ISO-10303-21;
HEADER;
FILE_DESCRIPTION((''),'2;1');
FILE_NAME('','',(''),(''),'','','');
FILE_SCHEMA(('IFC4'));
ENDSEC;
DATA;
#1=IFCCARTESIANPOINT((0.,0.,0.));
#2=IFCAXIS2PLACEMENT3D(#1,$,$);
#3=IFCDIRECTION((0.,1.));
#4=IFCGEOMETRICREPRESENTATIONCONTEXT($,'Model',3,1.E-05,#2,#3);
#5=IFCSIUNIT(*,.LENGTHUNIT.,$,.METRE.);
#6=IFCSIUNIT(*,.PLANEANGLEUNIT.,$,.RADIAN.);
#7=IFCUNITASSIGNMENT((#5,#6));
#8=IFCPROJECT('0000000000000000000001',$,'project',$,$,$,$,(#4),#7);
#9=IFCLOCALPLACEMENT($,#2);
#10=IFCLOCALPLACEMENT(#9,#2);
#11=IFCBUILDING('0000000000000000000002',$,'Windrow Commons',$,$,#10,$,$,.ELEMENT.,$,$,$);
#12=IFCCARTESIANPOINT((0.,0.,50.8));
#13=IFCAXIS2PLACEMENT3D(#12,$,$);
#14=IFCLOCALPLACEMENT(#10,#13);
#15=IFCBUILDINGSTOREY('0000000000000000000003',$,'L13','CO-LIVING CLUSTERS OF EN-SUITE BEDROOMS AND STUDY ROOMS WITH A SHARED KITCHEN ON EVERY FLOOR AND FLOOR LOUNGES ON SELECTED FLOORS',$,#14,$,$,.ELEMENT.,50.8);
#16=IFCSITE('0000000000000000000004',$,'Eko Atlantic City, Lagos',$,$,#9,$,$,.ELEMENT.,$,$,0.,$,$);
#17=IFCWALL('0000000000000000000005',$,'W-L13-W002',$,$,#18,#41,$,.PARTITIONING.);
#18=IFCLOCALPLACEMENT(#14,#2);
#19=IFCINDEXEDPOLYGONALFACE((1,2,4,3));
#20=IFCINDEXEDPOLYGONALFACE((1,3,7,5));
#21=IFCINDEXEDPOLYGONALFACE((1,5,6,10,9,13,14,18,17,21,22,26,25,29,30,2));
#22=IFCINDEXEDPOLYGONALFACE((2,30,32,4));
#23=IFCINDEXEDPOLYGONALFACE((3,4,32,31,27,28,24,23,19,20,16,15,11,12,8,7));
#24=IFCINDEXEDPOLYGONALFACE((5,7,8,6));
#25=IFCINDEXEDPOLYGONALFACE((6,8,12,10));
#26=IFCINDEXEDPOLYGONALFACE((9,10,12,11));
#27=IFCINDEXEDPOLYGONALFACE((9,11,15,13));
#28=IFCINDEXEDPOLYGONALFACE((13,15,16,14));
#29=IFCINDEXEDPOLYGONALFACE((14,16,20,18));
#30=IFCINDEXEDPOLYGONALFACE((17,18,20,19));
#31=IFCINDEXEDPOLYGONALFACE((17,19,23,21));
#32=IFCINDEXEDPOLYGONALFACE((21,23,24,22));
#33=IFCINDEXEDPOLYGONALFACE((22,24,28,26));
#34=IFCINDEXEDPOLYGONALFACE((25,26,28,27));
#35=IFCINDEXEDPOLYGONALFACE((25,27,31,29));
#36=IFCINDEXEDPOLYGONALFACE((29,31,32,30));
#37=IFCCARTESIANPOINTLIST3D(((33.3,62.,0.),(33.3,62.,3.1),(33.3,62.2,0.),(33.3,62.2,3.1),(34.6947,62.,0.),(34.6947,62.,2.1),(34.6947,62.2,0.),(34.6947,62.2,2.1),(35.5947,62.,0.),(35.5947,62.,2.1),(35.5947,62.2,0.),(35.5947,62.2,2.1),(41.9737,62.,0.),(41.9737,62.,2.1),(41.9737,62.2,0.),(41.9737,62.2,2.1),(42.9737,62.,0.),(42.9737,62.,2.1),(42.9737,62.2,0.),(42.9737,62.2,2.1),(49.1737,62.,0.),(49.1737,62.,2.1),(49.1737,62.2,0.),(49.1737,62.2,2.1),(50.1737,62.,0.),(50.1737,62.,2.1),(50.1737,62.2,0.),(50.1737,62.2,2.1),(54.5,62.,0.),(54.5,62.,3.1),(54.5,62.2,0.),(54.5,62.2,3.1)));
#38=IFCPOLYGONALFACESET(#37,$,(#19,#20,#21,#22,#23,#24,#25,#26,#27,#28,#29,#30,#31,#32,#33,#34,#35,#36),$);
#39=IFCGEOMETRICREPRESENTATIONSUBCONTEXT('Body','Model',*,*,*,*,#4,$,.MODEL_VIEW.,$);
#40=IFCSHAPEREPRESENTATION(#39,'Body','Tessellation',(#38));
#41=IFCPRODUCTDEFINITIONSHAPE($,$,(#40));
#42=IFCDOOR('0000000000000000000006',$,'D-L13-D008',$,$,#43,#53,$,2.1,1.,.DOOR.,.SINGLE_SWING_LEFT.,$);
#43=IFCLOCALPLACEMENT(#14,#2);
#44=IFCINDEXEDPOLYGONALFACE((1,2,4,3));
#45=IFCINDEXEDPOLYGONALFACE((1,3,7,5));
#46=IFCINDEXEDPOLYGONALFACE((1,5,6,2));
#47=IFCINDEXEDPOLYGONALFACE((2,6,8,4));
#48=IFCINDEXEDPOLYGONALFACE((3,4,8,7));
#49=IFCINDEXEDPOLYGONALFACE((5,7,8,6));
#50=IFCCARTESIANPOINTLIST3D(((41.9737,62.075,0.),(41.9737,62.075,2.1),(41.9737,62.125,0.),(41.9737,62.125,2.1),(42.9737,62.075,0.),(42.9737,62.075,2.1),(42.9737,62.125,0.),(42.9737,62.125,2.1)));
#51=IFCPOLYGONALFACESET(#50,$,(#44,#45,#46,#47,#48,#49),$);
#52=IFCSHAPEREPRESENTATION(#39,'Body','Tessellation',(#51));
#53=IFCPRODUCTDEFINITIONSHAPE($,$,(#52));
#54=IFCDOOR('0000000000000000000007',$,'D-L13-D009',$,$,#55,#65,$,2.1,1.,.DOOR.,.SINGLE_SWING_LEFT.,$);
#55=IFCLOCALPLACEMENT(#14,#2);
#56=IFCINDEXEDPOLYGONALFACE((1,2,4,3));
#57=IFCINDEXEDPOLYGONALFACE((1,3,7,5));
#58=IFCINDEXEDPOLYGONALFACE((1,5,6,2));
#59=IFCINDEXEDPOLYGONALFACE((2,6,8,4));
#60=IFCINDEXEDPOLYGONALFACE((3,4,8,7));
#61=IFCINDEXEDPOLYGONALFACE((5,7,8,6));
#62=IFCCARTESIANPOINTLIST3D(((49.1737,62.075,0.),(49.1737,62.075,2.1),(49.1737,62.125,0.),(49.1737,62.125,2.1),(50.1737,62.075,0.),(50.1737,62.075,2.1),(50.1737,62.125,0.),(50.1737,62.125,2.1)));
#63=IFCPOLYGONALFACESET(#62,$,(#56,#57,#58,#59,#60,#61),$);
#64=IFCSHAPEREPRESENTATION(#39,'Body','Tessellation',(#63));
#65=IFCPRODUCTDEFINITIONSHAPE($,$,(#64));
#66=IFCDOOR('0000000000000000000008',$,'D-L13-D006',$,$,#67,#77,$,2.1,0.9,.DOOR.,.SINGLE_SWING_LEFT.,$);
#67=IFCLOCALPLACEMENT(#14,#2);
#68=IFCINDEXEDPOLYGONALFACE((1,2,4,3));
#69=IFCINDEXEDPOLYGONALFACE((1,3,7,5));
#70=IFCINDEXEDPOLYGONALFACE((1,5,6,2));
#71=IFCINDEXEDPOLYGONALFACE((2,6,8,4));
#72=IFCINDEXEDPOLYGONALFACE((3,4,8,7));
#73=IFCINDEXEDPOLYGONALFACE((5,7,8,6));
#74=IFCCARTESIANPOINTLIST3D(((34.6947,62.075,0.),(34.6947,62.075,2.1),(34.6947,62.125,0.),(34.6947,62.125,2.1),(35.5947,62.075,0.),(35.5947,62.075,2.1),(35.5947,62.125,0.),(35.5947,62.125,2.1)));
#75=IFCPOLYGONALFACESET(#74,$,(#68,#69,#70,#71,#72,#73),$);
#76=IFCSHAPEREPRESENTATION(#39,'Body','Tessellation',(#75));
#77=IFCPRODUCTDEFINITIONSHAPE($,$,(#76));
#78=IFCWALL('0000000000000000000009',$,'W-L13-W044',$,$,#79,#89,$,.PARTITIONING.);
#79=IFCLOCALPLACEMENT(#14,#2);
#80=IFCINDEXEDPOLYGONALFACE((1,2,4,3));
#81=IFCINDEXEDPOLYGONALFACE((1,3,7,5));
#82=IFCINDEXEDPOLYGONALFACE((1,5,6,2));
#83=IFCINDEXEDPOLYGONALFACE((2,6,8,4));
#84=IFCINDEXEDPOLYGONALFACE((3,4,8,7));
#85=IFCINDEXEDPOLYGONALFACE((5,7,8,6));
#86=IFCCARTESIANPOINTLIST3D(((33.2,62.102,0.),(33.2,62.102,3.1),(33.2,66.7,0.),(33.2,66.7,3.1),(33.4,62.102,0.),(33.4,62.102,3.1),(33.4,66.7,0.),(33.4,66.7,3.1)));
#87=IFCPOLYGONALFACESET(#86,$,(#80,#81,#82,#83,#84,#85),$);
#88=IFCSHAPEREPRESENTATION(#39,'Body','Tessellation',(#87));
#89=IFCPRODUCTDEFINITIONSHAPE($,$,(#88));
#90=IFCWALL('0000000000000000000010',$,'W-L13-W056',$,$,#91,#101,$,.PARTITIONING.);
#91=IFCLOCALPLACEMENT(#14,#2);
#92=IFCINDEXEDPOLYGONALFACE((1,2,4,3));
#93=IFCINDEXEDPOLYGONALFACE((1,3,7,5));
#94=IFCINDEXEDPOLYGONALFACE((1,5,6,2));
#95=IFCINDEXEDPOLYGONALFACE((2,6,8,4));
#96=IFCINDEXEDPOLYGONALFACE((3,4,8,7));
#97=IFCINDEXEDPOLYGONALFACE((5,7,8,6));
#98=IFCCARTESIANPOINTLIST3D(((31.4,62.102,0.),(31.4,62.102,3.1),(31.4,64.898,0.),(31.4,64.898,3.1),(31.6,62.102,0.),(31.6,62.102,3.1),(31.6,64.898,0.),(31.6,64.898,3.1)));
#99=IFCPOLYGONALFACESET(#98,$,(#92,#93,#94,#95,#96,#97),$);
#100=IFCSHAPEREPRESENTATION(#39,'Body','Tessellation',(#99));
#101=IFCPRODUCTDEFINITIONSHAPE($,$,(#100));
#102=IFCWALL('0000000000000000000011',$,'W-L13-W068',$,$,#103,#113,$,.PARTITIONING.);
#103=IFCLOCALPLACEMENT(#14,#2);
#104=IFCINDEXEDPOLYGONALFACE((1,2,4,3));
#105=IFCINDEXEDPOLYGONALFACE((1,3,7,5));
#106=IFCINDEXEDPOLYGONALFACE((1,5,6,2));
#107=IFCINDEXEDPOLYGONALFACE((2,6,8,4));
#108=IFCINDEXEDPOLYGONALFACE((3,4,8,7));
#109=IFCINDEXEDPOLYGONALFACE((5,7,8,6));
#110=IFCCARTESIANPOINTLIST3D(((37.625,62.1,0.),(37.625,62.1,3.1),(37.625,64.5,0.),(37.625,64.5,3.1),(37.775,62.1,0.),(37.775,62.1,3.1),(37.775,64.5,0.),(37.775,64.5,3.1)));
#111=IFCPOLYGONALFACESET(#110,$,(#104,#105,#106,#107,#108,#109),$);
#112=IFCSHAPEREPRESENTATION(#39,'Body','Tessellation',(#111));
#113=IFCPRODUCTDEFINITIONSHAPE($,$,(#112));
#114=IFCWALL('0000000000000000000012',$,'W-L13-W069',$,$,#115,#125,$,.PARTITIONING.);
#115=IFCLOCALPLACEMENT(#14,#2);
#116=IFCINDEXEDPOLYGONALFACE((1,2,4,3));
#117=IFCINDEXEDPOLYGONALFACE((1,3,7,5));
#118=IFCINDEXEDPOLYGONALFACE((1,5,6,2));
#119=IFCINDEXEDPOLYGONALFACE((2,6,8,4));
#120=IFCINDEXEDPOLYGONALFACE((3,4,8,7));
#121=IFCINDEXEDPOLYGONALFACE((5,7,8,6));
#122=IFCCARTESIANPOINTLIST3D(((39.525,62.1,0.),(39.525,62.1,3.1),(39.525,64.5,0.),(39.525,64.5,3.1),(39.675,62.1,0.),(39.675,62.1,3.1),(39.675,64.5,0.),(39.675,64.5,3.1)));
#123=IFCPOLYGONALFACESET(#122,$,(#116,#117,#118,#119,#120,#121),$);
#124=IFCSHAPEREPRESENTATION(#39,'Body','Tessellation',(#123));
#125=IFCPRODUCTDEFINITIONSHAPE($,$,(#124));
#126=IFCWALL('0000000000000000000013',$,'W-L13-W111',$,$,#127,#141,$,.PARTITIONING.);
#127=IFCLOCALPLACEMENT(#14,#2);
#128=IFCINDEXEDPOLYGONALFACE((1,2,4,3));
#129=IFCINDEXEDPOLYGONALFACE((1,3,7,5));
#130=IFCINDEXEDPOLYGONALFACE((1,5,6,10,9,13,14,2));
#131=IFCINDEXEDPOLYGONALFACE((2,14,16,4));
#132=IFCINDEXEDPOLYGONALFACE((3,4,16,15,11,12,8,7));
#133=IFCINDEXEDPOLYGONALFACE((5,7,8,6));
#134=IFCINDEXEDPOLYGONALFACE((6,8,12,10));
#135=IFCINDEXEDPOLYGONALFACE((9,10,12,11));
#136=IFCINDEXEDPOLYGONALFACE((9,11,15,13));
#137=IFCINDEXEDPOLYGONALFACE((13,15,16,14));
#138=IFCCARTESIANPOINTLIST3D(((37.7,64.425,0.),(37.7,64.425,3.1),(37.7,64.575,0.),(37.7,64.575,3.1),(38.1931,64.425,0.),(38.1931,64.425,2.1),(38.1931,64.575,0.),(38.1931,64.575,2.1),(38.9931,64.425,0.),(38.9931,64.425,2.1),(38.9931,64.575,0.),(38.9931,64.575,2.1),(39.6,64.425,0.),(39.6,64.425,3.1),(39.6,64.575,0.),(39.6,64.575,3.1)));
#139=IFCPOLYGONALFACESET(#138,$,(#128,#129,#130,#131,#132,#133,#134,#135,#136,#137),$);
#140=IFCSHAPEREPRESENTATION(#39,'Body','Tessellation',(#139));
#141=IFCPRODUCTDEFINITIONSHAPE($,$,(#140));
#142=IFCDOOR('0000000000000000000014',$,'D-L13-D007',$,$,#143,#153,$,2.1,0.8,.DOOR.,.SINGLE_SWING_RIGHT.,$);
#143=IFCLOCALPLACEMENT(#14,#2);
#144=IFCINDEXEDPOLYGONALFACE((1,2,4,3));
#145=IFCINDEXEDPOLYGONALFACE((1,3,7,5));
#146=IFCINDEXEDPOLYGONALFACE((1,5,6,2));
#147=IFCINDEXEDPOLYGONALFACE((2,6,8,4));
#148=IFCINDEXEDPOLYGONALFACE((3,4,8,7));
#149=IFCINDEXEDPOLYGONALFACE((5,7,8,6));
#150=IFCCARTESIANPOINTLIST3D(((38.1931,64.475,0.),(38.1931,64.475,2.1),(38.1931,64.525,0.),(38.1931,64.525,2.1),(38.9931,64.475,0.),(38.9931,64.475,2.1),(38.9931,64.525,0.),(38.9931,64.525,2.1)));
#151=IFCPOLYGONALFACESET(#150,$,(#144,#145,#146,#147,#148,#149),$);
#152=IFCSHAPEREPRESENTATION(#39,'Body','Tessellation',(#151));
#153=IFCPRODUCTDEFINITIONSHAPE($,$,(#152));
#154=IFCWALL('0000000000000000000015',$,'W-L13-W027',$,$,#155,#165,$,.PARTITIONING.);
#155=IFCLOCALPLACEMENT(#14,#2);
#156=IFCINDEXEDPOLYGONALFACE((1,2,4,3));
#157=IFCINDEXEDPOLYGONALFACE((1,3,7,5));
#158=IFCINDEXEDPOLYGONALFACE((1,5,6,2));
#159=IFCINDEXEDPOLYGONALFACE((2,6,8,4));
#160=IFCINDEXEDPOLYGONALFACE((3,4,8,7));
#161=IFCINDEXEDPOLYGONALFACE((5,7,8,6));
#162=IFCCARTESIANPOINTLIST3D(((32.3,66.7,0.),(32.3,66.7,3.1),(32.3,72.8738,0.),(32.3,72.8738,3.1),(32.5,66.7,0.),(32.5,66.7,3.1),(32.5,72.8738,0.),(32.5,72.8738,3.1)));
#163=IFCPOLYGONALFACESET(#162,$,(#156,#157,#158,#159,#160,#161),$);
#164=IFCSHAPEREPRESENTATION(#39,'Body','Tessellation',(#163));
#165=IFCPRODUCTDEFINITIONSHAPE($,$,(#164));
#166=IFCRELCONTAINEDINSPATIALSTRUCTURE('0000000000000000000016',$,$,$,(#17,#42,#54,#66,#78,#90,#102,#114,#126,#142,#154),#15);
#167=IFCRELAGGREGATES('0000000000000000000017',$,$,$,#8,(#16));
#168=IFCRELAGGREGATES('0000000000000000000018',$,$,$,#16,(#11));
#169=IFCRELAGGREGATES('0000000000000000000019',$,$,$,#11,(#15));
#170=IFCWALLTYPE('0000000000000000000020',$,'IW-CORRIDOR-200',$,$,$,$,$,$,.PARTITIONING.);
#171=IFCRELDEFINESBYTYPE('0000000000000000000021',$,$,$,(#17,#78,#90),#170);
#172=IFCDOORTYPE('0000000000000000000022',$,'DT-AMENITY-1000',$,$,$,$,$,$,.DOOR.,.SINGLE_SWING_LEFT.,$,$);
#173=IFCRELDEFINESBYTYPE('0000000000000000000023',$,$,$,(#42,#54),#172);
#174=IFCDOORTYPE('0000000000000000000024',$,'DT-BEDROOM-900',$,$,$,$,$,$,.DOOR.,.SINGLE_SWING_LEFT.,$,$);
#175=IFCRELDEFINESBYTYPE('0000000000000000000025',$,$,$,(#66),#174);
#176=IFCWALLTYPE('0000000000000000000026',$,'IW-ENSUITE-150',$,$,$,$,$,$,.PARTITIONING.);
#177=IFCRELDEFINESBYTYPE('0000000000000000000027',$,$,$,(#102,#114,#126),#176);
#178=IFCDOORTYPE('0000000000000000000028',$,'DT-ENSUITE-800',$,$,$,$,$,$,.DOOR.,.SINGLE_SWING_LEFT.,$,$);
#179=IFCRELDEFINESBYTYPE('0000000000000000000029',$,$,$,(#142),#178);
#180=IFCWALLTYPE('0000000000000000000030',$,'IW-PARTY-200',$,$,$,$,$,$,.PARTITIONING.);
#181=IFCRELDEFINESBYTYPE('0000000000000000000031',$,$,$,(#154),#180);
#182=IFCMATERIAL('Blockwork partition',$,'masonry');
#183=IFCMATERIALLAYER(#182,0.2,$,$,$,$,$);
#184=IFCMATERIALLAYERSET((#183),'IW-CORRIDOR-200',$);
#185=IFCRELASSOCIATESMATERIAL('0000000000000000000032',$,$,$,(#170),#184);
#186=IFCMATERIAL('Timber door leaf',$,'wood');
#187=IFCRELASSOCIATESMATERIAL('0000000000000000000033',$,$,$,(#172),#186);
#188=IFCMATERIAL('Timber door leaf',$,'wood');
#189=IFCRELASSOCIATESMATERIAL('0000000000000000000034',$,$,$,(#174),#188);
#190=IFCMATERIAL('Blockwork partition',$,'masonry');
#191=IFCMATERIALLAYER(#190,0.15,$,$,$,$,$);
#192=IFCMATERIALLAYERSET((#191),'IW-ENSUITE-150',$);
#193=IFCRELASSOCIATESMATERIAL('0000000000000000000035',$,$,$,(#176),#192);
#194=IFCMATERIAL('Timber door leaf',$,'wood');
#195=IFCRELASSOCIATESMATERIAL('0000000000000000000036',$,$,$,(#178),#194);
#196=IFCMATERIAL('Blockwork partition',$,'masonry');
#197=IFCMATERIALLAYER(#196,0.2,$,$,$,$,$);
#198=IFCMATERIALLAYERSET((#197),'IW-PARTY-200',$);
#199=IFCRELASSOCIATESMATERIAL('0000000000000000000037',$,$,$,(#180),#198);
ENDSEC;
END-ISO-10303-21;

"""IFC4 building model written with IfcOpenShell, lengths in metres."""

from ifc_helpers import new_model, si_unit, direction, frame, frame_2d, origin, place, context, subcontext, project, spatial, rectangle, extrude, material, layer, layer_set, type_object, element, fill, save


model = new_model("IFC4")

# Units and contexts
model_context = context("Model", 3, precision=1e-05, world=origin(), true_north=direction((0.0, 1.0)))
body_context = subcontext(model_context, "Body", "Model", "MODEL_VIEW")
ifc_project = project(units=[si_unit("LENGTHUNIT", "METRE"), si_unit("PLANEANGLEUNIT", "RADIAN")], contexts=[model_context])

# Site, building, storey
site_placement = place(None, origin())
site = spatial("IfcSite", under=ifc_project, at=site_placement, Name="Eko Atlantic City, Lagos", CompositionType="ELEMENT", RefElevation=0.0)
building_placement = place(site_placement, origin())
building = spatial("IfcBuilding", under=site, at=building_placement, Name="Windrow Commons", CompositionType="ELEMENT")
storey_placement = place(building_placement, frame((0.0, 0.0, 50.8)))
storey = spatial("IfcBuildingStorey", under=building, at=storey_placement, Name="L13", Description="CO-LIVING CLUSTERS OF EN-SUITE BEDROOMS AND STUDY ROOMS WITH A SHARED KITCHEN ON EVERY FLOOR AND FLOOR LOUNGES ON SELECTED FLOORS", CompositionType="ELEMENT", Elevation=50.8)

# Wall, openings, doors
ifc_material_1 = material(Name="Blockwork partition", Category="masonry")
ifc_layer_1 = layer(ifc_material_1, 0.2)
ifc_layer_set_1 = layer_set([ifc_layer_1], Name="IW-CORRIDOR-200")
wall_type_1 = type_object("IfcWallType", Name="IW-CORRIDOR-200", PredefinedType="PARTITIONING", material=ifc_layer_set_1)
wall_1_placement = place(storey_placement, frame((33.3, 62.1, 0.0), z_axis=(0.0, 0.0, 1.0), x_axis=(1.0, 0.0, 0.0)))
wall_1 = element("IfcWall", 1, at=wall_1_placement, inside=storey, type_object=wall_type_1, Name="W-L13-W002", PredefinedType="PARTITIONING", context=body_context, shape_type="SweptSolid", body=[
    extrude(rectangle(XDim=21.2, YDim=0.2, at=frame_2d((10.6, 0.0))), origin(), (0.0, 0.0, 1.0), 3.1),
])
opening_1_placement = place(wall_1_placement, frame((1.3947, 0.0, 0.0)))
opening_1 = element("IfcOpeningElement", 2, at=opening_1_placement, cuts=wall_1, PredefinedType="OPENING", context=body_context, shape_type="SweptSolid", body=[
    extrude(rectangle(XDim=0.9, YDim=2.1, at=frame_2d((0.45, 1.05))), frame((0.0, 0.11, 0.0), z_axis=(0.0, -1.0, 0.0), x_axis=(1.0, 0.0, 0.0)), (0.0, 0.0, 1.0), 0.22),
])
opening_2_placement = place(wall_1_placement, frame((8.6737, 0.0, 0.0)))
opening_2 = element("IfcOpeningElement", 3, at=opening_2_placement, cuts=wall_1, PredefinedType="OPENING", context=body_context, shape_type="SweptSolid", body=[
    extrude(rectangle(XDim=1.0, YDim=2.1, at=frame_2d((0.5, 1.05))), frame((0.0, 0.11, 0.0), z_axis=(0.0, -1.0, 0.0), x_axis=(1.0, 0.0, 0.0)), (0.0, 0.0, 1.0), 0.22),
])
opening_3_placement = place(wall_1_placement, frame((15.8737, 0.0, 0.0)))
opening_3 = element("IfcOpeningElement", 4, at=opening_3_placement, cuts=wall_1, PredefinedType="OPENING", context=body_context, shape_type="SweptSolid", body=[
    extrude(rectangle(XDim=1.0, YDim=2.1, at=frame_2d((0.5, 1.05))), frame((0.0, 0.11, 0.0), z_axis=(0.0, -1.0, 0.0), x_axis=(1.0, 0.0, 0.0)), (0.0, 0.0, 1.0), 0.22),
])
ifc_material_2 = material(Name="Timber door leaf", Category="wood")
door_type_1 = type_object("IfcDoorType", Name="DT-AMENITY-1000", OperationType="SINGLE_SWING_LEFT", PredefinedType="DOOR", material=ifc_material_2)
door_1_placement = place(opening_2_placement, origin())
door_1 = element("IfcDoor", 5, at=door_1_placement, inside=storey, type_object=door_type_1, Name="D-L13-D008", OperationType="SINGLE_SWING_LEFT", OverallHeight=2.1, OverallWidth=1.0, PredefinedType="DOOR", context=body_context, shape_type="SweptSolid", body=[
    extrude(rectangle(XDim=1.0, YDim=2.1, at=frame_2d((0.5, 1.05))), frame((0.0, 0.025, 0.0), z_axis=(0.0, -1.0, 0.0), x_axis=(1.0, 0.0, 0.0)), (0.0, 0.0, 1.0), 0.05),
])
fill(opening_2, door_1)
door_2_placement = place(opening_3_placement, origin())
door_2 = element("IfcDoor", 6, at=door_2_placement, inside=storey, type_object=door_type_1, Name="D-L13-D009", OperationType="SINGLE_SWING_LEFT", OverallHeight=2.1, OverallWidth=1.0, PredefinedType="DOOR", context=body_context, shape_type="SweptSolid", body=[
    extrude(rectangle(XDim=1.0, YDim=2.1, at=frame_2d((0.5, 1.05))), frame((0.0, 0.025, 0.0), z_axis=(0.0, -1.0, 0.0), x_axis=(1.0, 0.0, 0.0)), (0.0, 0.0, 1.0), 0.05),
])
fill(opening_3, door_2)
ifc_material_3 = material(Name="Timber door leaf", Category="wood")
door_type_2 = type_object("IfcDoorType", Name="DT-BEDROOM-900", OperationType="SINGLE_SWING_LEFT", PredefinedType="DOOR", material=ifc_material_3)
door_3_placement = place(opening_1_placement, origin())
door_3 = element("IfcDoor", 7, at=door_3_placement, inside=storey, type_object=door_type_2, Name="D-L13-D006", OperationType="SINGLE_SWING_LEFT", OverallHeight=2.1, OverallWidth=0.9, PredefinedType="DOOR", context=body_context, shape_type="SweptSolid", body=[
    extrude(rectangle(XDim=0.9, YDim=2.1, at=frame_2d((0.45, 1.05))), frame((0.0, 0.025, 0.0), z_axis=(0.0, -1.0, 0.0), x_axis=(1.0, 0.0, 0.0)), (0.0, 0.0, 1.0), 0.05),
])
fill(opening_1, door_3)

# Walls
wall_2_placement = place(storey_placement, frame((33.3, 62.102, 0.0), z_axis=(0.0, 0.0, 1.0), x_axis=(0.0, 1.0, 0.0)))
element("IfcWall", 8, at=wall_2_placement, inside=storey, type_object=wall_type_1, Name="W-L13-W044", PredefinedType="PARTITIONING", context=body_context, shape_type="SweptSolid", body=[
    extrude(rectangle(XDim=4.598, YDim=0.2, at=frame_2d((2.299, 0.0))), origin(), (0.0, 0.0, 1.0), 3.1),
])
wall_3_placement = place(storey_placement, frame((31.5, 62.102, 0.0), z_axis=(0.0, 0.0, 1.0), x_axis=(0.0, 1.0, 0.0)))
element("IfcWall", 9, at=wall_3_placement, inside=storey, type_object=wall_type_1, Name="W-L13-W056", PredefinedType="PARTITIONING", context=body_context, shape_type="SweptSolid", body=[
    extrude(rectangle(XDim=2.796, YDim=0.2, at=frame_2d((1.398, 0.0))), origin(), (0.0, 0.0, 1.0), 3.1),
])
ifc_material_4 = material(Name="Blockwork partition", Category="masonry")
ifc_layer_2 = layer(ifc_material_4, 0.15)
ifc_layer_set_2 = layer_set([ifc_layer_2], Name="IW-ENSUITE-150")
wall_type_2 = type_object("IfcWallType", Name="IW-ENSUITE-150", PredefinedType="PARTITIONING", material=ifc_layer_set_2)
for number, where, z_axis, x_axis, name in (
    (10, (37.7, 62.1, 0.0), (0.0, 0.0, 1.0), (0.0, 1.0, 0.0), "W-L13-W068"),
    (11, (39.6, 62.1, 0.0), (0.0, 0.0, 1.0), (0.0, 1.0, 0.0), "W-L13-W069"),
):
    element("IfcWall", number, at=place(storey_placement, frame(where, z_axis=z_axis, x_axis=x_axis)), inside=storey, type_object=wall_type_2, Name=name, PredefinedType="PARTITIONING", context=body_context, shape_type="SweptSolid", body=[
        extrude(rectangle(XDim=2.4, YDim=0.15, at=frame_2d((1.2, 0.0))), origin(), (0.0, 0.0, 1.0), 3.1),
    ])

# Wall, opening, door
wall_4_placement = place(storey_placement, frame((37.7, 64.5, 0.0), z_axis=(0.0, 0.0, 1.0), x_axis=(1.0, 0.0, 0.0)))
wall_4 = element("IfcWall", 12, at=wall_4_placement, inside=storey, type_object=wall_type_2, Name="W-L13-W111", PredefinedType="PARTITIONING", context=body_context, shape_type="SweptSolid", body=[
    extrude(rectangle(XDim=1.9, YDim=0.15, at=frame_2d((0.95, 0.0))), origin(), (0.0, 0.0, 1.0), 3.1),
])
opening_4_placement = place(wall_4_placement, frame((0.4931, 0.0, 0.0)))
opening_4 = element("IfcOpeningElement", 13, at=opening_4_placement, cuts=wall_4, PredefinedType="OPENING", context=body_context, shape_type="SweptSolid", body=[
    extrude(rectangle(XDim=0.8, YDim=2.1, at=frame_2d((0.4, 1.05))), frame((0.0, 0.085, 0.0), z_axis=(0.0, -1.0, 0.0), x_axis=(1.0, 0.0, 0.0)), (0.0, 0.0, 1.0), 0.17),
])
ifc_material_5 = material(Name="Timber door leaf", Category="wood")
door_type_3 = type_object("IfcDoorType", Name="DT-ENSUITE-800", OperationType="SINGLE_SWING_LEFT", PredefinedType="DOOR", material=ifc_material_5)
door_4_placement = place(opening_4_placement, origin())
door_4 = element("IfcDoor", 14, at=door_4_placement, inside=storey, type_object=door_type_3, Name="D-L13-D007", OperationType="SINGLE_SWING_RIGHT", OverallHeight=2.1, OverallWidth=0.8, PredefinedType="DOOR", context=body_context, shape_type="SweptSolid", body=[
    extrude(rectangle(XDim=0.8, YDim=2.1, at=frame_2d((0.4, 1.05))), frame((0.0, 0.025, 0.0), z_axis=(0.0, -1.0, 0.0), x_axis=(1.0, 0.0, 0.0)), (0.0, 0.0, 1.0), 0.05),
])
fill(opening_4, door_4)

# Wall
ifc_material_6 = material(Name="Blockwork partition", Category="masonry")
ifc_layer_3 = layer(ifc_material_6, 0.2)
ifc_layer_set_3 = layer_set([ifc_layer_3], Name="IW-PARTY-200")
wall_type_3 = type_object("IfcWallType", Name="IW-PARTY-200", PredefinedType="PARTITIONING", material=ifc_layer_set_3)
wall_5_placement = place(storey_placement, frame((32.4, 66.7, 0.0), z_axis=(0.0, 0.0, 1.0), x_axis=(0.0, 1.0, 0.0)))
element("IfcWall", 15, at=wall_5_placement, inside=storey, type_object=wall_type_3, Name="W-L13-W027", PredefinedType="PARTITIONING", context=body_context, shape_type="SweptSolid", body=[
    extrude(rectangle(XDim=6.1737, YDim=0.2, at=frame_2d((3.0869, 0.0))), origin(), (0.0, 0.0, 1.0), 3.1),
])

save(model, "model.ifc")
